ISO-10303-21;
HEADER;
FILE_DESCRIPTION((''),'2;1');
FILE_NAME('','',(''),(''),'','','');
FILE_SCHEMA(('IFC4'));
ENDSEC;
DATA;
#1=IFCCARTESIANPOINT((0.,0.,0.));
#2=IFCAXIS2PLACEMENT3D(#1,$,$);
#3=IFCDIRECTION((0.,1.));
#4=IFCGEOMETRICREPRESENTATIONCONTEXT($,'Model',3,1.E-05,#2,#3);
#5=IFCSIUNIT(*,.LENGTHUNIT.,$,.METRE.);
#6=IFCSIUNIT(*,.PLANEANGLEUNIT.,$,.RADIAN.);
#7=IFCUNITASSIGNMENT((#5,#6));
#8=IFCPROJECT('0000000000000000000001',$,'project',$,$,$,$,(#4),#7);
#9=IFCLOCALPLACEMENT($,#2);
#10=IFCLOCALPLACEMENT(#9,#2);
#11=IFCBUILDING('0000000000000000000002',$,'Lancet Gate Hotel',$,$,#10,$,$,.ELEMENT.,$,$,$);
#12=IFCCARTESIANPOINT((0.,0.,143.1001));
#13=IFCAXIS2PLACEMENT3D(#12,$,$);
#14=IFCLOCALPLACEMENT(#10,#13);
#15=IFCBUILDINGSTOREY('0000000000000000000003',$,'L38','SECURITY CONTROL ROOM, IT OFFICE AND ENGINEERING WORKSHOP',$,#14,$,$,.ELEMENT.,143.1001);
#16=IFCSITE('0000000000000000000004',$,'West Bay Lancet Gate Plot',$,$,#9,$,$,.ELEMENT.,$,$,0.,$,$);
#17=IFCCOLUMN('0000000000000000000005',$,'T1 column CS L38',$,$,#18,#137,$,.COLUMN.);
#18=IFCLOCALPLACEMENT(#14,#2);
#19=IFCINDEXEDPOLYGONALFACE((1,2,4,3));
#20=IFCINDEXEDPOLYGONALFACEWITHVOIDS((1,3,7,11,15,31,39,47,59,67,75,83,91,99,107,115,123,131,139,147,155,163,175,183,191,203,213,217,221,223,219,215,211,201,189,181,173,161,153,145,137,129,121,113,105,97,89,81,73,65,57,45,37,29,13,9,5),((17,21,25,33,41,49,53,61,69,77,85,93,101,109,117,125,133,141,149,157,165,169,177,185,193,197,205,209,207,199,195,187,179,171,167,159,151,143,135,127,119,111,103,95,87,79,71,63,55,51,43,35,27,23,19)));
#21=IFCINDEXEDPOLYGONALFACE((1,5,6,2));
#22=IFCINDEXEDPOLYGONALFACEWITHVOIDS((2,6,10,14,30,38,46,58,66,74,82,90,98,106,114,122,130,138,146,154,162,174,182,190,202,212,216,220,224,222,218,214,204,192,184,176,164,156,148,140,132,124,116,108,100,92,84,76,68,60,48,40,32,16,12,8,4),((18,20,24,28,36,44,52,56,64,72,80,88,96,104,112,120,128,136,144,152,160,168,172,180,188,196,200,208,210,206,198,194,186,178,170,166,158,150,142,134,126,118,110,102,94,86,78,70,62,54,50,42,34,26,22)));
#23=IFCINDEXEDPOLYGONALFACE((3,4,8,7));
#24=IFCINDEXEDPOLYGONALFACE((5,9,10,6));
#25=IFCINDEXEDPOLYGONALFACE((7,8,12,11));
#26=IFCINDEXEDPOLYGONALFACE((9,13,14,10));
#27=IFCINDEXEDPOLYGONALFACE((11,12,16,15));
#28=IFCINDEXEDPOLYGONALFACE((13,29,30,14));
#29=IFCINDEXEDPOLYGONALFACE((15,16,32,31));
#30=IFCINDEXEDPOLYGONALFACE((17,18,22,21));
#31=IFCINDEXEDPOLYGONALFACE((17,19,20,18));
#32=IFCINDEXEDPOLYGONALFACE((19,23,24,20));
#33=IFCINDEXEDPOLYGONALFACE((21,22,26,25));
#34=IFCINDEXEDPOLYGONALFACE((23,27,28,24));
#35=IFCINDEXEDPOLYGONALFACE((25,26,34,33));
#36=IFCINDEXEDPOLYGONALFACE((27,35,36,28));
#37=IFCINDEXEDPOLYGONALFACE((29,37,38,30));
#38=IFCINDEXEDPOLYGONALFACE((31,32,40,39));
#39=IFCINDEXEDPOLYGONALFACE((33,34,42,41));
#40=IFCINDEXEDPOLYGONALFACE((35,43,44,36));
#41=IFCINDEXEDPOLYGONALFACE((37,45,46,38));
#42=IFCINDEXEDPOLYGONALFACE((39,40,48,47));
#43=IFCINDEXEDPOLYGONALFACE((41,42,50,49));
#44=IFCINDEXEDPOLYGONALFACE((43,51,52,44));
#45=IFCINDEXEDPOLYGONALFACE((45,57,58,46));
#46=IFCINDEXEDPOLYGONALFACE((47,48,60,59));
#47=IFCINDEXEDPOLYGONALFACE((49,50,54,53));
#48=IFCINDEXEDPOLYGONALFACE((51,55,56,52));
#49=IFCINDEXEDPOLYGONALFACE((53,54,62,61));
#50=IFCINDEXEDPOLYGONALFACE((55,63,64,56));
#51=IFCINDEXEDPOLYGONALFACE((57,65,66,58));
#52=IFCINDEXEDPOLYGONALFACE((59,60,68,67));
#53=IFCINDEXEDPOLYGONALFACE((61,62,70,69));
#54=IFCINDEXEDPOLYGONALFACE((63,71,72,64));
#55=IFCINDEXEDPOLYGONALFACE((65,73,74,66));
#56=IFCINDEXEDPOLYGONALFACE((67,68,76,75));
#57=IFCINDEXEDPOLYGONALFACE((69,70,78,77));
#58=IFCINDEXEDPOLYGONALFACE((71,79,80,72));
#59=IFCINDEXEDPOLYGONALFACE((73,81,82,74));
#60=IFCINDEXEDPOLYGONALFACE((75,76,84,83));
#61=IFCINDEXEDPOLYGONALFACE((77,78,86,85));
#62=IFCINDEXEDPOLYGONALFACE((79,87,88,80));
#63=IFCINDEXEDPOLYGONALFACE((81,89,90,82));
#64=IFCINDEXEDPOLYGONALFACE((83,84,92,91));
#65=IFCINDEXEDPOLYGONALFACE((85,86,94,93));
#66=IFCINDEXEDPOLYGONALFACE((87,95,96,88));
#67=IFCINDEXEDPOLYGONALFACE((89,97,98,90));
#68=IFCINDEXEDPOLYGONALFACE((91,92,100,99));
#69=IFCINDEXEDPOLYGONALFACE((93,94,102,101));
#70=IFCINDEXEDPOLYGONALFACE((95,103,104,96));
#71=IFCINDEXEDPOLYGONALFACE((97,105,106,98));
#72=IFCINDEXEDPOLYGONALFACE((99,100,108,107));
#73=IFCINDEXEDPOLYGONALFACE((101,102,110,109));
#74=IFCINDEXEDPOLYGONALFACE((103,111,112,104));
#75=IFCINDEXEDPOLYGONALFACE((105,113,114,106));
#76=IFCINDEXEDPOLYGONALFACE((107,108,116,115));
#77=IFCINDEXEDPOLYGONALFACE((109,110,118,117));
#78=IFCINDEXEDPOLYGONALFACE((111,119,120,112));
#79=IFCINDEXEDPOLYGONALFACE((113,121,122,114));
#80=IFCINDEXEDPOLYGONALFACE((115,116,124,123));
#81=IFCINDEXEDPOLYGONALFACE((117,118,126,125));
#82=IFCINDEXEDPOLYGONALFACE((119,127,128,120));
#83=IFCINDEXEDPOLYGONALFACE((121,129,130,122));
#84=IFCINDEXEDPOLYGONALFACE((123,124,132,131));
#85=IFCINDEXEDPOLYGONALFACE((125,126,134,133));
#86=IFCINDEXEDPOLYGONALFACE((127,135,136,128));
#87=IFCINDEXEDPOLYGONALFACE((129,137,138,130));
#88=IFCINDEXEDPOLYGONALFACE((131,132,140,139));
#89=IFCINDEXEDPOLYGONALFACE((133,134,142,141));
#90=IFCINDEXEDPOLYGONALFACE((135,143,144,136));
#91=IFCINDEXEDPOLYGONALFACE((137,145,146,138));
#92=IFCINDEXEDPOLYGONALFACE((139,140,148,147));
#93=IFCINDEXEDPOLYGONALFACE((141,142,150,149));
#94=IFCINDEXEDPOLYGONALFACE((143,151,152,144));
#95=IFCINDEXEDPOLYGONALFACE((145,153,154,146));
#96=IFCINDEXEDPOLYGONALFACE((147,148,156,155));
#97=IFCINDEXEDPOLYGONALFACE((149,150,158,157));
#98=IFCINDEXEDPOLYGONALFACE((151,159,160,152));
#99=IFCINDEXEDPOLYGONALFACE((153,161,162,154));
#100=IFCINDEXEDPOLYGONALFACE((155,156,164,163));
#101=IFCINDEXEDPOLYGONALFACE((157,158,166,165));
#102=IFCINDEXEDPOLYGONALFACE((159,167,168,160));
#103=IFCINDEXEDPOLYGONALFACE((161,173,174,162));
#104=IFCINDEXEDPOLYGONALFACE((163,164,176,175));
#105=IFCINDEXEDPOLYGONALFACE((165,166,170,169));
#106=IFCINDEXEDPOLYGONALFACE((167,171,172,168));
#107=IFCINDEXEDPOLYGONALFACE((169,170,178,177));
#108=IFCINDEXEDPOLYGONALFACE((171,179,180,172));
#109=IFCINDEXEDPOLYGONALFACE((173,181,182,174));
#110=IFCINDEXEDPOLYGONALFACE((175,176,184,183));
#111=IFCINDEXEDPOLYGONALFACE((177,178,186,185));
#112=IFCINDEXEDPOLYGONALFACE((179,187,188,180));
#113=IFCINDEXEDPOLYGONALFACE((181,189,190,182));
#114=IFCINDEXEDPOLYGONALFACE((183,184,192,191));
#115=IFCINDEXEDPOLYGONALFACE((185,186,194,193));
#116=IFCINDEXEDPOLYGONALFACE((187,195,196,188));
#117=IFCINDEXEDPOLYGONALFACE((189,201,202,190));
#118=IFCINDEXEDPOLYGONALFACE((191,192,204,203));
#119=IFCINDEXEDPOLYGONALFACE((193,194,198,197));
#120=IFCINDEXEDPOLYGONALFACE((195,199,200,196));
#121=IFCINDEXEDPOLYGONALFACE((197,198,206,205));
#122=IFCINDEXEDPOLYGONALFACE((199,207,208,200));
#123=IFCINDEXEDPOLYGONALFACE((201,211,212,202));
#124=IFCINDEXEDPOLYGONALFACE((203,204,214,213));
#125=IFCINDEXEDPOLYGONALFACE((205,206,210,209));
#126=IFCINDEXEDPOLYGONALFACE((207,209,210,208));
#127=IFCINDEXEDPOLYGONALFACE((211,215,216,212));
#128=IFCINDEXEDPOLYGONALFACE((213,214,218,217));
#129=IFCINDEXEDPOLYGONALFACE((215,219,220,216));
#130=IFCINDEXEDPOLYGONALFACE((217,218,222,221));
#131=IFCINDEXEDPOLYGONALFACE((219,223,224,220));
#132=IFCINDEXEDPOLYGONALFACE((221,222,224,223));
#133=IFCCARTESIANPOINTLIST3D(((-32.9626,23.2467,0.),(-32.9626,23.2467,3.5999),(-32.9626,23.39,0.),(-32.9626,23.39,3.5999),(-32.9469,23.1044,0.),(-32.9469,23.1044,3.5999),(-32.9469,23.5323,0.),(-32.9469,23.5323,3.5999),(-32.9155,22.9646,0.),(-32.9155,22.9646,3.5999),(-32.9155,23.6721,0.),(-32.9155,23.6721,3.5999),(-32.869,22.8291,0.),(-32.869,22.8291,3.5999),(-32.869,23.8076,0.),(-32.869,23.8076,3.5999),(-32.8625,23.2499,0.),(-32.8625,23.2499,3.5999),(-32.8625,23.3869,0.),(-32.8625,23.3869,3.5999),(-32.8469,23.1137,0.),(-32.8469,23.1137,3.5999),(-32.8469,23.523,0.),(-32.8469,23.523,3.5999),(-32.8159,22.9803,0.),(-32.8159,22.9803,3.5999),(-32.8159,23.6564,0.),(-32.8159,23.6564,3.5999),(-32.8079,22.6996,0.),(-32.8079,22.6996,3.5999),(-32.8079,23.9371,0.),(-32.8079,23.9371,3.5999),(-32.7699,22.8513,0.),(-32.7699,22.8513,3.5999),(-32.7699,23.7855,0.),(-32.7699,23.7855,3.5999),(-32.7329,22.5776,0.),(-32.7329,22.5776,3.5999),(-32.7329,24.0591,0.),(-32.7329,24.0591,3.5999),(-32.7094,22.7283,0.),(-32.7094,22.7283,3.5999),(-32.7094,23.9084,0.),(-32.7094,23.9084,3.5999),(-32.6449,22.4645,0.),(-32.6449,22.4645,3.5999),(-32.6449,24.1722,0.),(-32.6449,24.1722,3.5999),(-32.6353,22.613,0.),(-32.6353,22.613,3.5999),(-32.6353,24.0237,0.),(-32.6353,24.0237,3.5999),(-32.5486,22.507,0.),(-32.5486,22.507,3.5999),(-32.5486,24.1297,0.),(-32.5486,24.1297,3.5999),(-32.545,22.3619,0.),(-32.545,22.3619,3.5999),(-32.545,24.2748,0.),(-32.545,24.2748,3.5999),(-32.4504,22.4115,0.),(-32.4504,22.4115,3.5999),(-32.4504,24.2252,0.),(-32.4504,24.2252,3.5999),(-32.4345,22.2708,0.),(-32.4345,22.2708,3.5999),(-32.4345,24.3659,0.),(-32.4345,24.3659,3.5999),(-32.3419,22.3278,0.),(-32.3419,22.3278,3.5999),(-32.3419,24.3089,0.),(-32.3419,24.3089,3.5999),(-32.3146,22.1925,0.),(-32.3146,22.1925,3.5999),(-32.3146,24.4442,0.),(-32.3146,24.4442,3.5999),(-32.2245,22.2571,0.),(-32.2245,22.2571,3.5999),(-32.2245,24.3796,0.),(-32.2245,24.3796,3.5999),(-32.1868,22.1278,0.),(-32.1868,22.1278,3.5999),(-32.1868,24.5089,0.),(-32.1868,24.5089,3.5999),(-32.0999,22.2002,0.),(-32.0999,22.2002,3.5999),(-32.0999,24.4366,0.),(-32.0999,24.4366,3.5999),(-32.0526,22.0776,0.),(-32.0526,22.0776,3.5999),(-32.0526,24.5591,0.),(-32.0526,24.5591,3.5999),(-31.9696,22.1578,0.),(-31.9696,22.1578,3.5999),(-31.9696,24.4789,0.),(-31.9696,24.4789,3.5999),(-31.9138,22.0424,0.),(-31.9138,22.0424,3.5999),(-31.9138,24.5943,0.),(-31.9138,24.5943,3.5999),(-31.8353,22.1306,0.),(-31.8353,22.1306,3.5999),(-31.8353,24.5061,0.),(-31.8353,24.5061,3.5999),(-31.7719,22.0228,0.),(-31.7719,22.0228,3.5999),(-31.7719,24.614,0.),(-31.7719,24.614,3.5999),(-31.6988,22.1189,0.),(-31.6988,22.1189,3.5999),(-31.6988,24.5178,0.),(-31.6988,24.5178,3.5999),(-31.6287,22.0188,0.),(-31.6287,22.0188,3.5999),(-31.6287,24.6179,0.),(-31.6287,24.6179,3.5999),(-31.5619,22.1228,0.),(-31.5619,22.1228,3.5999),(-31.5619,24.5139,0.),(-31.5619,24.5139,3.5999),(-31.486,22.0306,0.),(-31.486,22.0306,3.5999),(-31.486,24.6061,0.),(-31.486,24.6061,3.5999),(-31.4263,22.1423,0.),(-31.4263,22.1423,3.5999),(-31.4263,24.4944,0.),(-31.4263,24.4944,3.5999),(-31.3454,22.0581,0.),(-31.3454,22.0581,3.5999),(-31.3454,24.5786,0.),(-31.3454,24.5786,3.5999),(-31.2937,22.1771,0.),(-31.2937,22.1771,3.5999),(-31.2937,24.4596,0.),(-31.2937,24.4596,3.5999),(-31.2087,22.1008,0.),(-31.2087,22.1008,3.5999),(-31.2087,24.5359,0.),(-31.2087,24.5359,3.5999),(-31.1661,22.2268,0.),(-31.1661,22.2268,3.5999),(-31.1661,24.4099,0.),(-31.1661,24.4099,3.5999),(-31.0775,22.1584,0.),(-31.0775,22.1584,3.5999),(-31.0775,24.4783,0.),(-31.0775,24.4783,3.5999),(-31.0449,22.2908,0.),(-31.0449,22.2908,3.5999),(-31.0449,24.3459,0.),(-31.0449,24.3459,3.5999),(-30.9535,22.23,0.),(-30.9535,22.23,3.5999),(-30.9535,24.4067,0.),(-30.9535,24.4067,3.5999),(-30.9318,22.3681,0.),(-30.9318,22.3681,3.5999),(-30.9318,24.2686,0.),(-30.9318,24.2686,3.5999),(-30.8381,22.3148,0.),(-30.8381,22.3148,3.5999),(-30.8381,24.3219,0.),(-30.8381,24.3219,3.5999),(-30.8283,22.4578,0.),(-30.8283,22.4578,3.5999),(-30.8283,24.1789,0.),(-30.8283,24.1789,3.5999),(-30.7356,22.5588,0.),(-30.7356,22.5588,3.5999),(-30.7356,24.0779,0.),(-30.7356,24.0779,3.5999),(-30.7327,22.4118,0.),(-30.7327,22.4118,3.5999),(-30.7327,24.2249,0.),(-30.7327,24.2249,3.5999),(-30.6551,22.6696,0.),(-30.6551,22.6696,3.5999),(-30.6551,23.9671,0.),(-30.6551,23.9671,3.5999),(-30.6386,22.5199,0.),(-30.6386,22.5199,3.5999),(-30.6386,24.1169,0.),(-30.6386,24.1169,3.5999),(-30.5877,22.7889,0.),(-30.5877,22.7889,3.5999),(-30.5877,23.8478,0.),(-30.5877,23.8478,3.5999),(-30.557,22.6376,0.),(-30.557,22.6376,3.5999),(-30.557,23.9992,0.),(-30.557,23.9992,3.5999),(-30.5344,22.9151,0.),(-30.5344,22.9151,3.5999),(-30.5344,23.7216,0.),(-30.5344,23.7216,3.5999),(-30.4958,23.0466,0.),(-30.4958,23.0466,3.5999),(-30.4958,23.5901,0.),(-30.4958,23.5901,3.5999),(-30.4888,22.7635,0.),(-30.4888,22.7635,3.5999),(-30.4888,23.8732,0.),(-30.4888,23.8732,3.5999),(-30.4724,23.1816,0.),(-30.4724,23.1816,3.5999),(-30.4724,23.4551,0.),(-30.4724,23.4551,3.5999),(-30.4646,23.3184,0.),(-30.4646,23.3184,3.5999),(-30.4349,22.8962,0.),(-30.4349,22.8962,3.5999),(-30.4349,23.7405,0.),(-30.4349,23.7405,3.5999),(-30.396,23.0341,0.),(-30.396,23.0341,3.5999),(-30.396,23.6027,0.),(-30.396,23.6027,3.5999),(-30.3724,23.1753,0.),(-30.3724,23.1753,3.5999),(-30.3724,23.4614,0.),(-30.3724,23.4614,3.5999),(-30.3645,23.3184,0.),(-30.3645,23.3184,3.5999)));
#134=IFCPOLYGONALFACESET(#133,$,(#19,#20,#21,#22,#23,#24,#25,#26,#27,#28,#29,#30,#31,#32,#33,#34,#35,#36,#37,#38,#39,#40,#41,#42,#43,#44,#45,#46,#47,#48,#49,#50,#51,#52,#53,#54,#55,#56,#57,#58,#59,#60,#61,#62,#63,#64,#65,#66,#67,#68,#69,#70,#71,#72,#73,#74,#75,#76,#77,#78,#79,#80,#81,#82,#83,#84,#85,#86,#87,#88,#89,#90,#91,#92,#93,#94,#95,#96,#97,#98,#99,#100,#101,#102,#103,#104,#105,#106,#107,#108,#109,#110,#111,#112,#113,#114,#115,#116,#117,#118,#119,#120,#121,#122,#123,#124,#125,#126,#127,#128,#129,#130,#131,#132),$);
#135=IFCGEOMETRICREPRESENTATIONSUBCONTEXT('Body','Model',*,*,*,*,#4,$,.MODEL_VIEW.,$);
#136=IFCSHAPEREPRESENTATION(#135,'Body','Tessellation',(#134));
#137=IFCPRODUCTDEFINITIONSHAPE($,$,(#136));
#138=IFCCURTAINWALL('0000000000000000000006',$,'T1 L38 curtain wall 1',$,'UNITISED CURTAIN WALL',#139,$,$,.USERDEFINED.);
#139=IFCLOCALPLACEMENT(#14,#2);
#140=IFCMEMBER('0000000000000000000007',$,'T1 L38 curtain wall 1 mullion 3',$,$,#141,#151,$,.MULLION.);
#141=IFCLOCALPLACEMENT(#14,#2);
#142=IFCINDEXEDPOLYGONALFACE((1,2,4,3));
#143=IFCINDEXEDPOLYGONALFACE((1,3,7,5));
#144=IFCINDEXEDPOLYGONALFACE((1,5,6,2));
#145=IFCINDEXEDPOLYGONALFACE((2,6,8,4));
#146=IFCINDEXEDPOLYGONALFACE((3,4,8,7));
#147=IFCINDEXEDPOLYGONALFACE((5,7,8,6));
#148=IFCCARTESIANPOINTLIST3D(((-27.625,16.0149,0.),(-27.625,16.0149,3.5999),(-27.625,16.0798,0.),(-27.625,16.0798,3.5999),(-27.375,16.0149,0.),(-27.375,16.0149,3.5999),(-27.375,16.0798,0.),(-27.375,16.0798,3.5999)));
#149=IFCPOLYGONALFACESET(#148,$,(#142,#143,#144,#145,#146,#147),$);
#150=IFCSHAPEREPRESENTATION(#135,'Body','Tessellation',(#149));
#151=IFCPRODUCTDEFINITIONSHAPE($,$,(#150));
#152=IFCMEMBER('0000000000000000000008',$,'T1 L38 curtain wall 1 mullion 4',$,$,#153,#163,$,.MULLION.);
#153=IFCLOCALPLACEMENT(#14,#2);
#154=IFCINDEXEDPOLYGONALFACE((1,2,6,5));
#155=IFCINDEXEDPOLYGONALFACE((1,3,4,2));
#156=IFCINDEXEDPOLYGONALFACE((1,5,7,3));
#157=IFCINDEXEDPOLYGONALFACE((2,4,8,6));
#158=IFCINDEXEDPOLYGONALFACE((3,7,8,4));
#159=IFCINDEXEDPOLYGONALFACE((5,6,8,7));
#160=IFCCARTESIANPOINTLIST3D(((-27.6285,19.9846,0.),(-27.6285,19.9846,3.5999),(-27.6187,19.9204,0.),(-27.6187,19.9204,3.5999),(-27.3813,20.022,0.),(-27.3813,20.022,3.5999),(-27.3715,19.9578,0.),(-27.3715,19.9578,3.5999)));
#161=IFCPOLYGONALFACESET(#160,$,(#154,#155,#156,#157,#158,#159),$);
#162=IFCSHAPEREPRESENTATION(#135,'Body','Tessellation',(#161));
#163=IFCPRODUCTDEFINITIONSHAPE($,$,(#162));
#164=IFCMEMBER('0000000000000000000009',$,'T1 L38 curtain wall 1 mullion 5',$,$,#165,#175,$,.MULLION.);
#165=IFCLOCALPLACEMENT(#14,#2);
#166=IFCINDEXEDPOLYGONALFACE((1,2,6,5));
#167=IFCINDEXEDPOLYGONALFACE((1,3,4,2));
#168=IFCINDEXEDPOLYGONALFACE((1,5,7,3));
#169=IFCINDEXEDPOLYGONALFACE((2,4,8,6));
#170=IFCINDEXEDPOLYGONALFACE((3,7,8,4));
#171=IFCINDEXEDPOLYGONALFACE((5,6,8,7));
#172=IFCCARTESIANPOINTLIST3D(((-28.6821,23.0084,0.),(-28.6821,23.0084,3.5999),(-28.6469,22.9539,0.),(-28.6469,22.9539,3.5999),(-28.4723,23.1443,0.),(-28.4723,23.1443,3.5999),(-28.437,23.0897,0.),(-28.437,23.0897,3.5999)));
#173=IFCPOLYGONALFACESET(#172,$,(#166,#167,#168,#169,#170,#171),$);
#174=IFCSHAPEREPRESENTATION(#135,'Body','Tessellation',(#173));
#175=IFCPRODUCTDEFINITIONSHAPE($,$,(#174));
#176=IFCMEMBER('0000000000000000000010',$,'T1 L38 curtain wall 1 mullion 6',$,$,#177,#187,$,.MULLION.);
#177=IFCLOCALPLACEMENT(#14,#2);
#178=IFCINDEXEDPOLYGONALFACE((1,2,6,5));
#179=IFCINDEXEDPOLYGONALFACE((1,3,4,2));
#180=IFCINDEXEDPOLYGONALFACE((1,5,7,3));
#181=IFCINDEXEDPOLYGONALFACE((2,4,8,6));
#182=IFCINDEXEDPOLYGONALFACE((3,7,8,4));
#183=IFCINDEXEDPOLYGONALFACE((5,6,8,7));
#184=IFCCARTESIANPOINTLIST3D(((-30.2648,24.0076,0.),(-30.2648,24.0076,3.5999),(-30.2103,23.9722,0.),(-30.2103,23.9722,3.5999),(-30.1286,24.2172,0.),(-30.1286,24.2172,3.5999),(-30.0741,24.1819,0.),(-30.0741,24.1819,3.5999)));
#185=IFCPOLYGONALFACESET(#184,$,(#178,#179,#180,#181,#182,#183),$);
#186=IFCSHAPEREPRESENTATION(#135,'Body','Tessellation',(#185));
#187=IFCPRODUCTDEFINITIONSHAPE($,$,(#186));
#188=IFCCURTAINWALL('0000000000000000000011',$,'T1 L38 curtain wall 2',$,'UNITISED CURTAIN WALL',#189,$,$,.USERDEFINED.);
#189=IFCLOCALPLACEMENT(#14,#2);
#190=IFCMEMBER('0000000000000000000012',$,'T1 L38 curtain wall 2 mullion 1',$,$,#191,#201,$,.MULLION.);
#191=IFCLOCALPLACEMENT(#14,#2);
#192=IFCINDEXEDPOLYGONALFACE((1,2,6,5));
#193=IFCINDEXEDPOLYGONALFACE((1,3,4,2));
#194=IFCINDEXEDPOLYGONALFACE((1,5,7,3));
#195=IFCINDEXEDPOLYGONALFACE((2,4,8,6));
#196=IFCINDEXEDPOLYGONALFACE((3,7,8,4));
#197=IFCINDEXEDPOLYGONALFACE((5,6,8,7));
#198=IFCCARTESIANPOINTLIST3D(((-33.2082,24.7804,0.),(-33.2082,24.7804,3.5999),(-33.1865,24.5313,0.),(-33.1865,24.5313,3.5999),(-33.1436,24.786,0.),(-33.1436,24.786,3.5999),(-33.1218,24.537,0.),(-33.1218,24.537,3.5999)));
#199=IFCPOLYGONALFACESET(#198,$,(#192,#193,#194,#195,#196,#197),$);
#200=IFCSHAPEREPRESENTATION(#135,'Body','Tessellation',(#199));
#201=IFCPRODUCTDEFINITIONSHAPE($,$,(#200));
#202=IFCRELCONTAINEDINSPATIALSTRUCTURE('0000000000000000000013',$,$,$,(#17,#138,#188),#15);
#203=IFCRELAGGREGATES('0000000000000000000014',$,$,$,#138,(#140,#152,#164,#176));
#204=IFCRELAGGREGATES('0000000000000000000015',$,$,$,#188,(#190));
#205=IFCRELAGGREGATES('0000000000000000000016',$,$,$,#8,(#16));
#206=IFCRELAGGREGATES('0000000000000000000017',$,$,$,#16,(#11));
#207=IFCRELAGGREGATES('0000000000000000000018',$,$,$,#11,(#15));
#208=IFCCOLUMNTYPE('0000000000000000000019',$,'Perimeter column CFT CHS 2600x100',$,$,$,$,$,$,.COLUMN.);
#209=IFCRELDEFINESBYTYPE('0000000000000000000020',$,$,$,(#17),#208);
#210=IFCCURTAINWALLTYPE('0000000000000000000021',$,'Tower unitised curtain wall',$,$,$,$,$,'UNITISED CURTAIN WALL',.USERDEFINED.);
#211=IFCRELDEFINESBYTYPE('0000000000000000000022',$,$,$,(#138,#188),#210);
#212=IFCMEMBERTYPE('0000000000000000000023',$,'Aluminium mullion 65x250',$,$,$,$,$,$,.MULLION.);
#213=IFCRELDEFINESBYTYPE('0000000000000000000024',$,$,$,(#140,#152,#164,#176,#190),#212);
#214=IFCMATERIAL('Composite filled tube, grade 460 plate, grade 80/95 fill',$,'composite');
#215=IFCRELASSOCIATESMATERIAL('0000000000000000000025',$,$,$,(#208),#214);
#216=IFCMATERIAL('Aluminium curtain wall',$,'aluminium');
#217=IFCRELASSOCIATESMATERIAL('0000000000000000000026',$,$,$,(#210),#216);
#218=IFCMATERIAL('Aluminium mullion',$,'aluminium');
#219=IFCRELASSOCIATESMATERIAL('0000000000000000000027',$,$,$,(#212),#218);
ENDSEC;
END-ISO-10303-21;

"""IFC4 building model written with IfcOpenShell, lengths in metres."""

from ifc_helpers import new_model, si_unit, direction, frame, origin, origin_2d, place, context, subcontext, project, spatial, rectangle, hollow_circle, extrude, material, material_profile, profile_set, type_object, element, aggregate, save


model = new_model("IFC4")

# Units and contexts
model_context = context("Model", 3, precision=1e-05, world=origin(), true_north=direction((0.0, 1.0)))
body_context = subcontext(model_context, "Body", "Model", "MODEL_VIEW")
ifc_project = project(units=[si_unit("LENGTHUNIT", "METRE"), si_unit("PLANEANGLEUNIT", "RADIAN")], contexts=[model_context])

# Site, building, storey
site_placement = place(None, origin())
site = spatial("IfcSite", under=ifc_project, at=site_placement, Name="West Bay Lancet Gate Plot", CompositionType="ELEMENT", RefElevation=0.0)
building_placement = place(site_placement, origin())
building = spatial("IfcBuilding", under=site, at=building_placement, Name="Lancet Gate Hotel", CompositionType="ELEMENT")
storey_placement = place(building_placement, frame((0.0, 0.0, 143.1001)))
storey = spatial("IfcBuildingStorey", under=building, at=storey_placement, Name="L38", Description="SECURITY CONTROL ROOM, IT OFFICE AND ENGINEERING WORKSHOP", CompositionType="ELEMENT", Elevation=143.1001)

# Column
ifc_material_1 = material(Name="Composite filled tube, grade 460 plate, grade 80/95 fill", Category="composite")
ifc_material_profile_1 = material_profile(ifc_material_1, hollow_circle(Radius=1.3, WallThickness=0.1001, at=origin_2d()), Name="CHS 2600x100")
ifc_profile_set_1 = profile_set([ifc_material_profile_1], Name="Composite filled tube, grade 460 plate, grade 80/95 fill")
column_type = type_object("IfcColumnType", Name="Perimeter column CFT CHS 2600x100", PredefinedType="COLUMN", material=ifc_profile_set_1)
column_placement = place(storey_placement, frame((-31.6646, 23.3184, 0.0), z_axis=(0.0, 0.0, 1.0), x_axis=(1.0, 0.0, 0.0)))
element("IfcColumn", 1, at=column_placement, inside=storey, type_object=column_type, Name="T1 column CS L38", PredefinedType="COLUMN", context=body_context, shape_type="SweptSolid", body=[
    extrude(hollow_circle(Radius=1.3, WallThickness=0.1001, at=origin_2d()), origin(), (0.0, 0.0, 1.0), 3.5999),
])

# Curtain walls, members
ifc_material_2 = material(Name="Aluminium curtain wall", Category="aluminium")
curtain_wall_type = type_object("IfcCurtainWallType", Name="Tower unitised curtain wall", ElementType="UNITISED CURTAIN WALL", PredefinedType="USERDEFINED", material=ifc_material_2)
curtain_wall_1_placement = place(storey_placement, origin())
curtain_wall_1 = element("IfcCurtainWall", 2, at=curtain_wall_1_placement, inside=storey, type_object=curtain_wall_type, Name="T1 L38 curtain wall 1", ObjectType="UNITISED CURTAIN WALL", PredefinedType="USERDEFINED")
ifc_material_3 = material(Name="Aluminium mullion", Category="aluminium")
ifc_material_profile_2 = material_profile(ifc_material_3, rectangle(XDim=0.0649, YDim=0.25, at=origin_2d()), Name="MULLION 65x250")
ifc_profile_set_2 = profile_set([ifc_material_profile_2], Name="Aluminium mullion")
member_type_1 = type_object("IfcMemberType", Name="Aluminium mullion 65x250", PredefinedType="MULLION", material=ifc_profile_set_2)
member_1_placement = place(storey_placement, frame((-27.5, 16.0474, 0.0), z_axis=(0.0, 0.0, 1.0), x_axis=(0.0, 1.0, 0.0)))
member_1 = element("IfcMember", 3, at=member_1_placement, type_object=member_type_1, Name="T1 L38 curtain wall 1 mullion 3", PredefinedType="MULLION", context=body_context, shape_type="SweptSolid", body=[
    extrude(rectangle(XDim=0.0649, YDim=0.25, at=origin_2d()), origin(), (0.0, 0.0, 1.0), 3.5999),
])
member_2_placement = place(storey_placement, frame((-27.5, 19.9712, 0.0), z_axis=(0.0, 0.0, 1.0), x_axis=(-0.149634, 0.988741, 0.0)))
member_2 = element("IfcMember", 4, at=member_2_placement, type_object=member_type_1, Name="T1 L38 curtain wall 1 mullion 4", PredefinedType="MULLION", context=body_context, shape_type="SweptSolid", body=[
    extrude(rectangle(XDim=0.0649, YDim=0.25, at=origin_2d()), origin(), (0.0, 0.0, 1.0), 3.5999),
])
member_3_placement = place(storey_placement, frame((-28.5596, 23.0491, 0.0), z_axis=(0.0, 0.0, 1.0), x_axis=(-0.54341, 0.839467, 0.0)))
member_3 = element("IfcMember", 5, at=member_3_placement, type_object=member_type_1, Name="T1 L38 curtain wall 1 mullion 5", PredefinedType="MULLION", context=body_context, shape_type="SweptSolid", body=[
    extrude(rectangle(XDim=0.0649, YDim=0.25, at=origin_2d()), origin(), (0.0, 0.0, 1.0), 3.5999),
])
member_4_placement = place(storey_placement, frame((-30.1694, 24.0947, 0.0), z_axis=(0.0, 0.0, 1.0), x_axis=(-0.83858, 0.544778, 0.0)))
member_4 = element("IfcMember", 6, at=member_4_placement, type_object=member_type_1, Name="T1 L38 curtain wall 1 mullion 6", PredefinedType="MULLION", context=body_context, shape_type="SweptSolid", body=[
    extrude(rectangle(XDim=0.0649, YDim=0.25, at=origin_2d()), origin(), (0.0, 0.0, 1.0), 3.5999),
])
curtain_wall_2_placement = place(storey_placement, origin())
curtain_wall_2 = element("IfcCurtainWall", 7, at=curtain_wall_2_placement, inside=storey, type_object=curtain_wall_type, Name="T1 L38 curtain wall 2", ObjectType="UNITISED CURTAIN WALL", PredefinedType="USERDEFINED")
member_5_placement = place(storey_placement, frame((-33.165, 24.6587, 0.0), z_axis=(0.0, 0.0, 1.0), x_axis=(-0.996219, -0.08688, 0.0)))
member_5 = element("IfcMember", 8, at=member_5_placement, type_object=member_type_1, Name="T1 L38 curtain wall 2 mullion 1", PredefinedType="MULLION", context=body_context, shape_type="SweptSolid", body=[
    extrude(rectangle(XDim=0.0649, YDim=0.25, at=origin_2d()), origin(), (0.0, 0.0, 1.0), 3.5999),
])

aggregate(curtain_wall_1, [member_1, member_2, member_3, member_4])
aggregate(curtain_wall_2, [member_5])

save(model, "model.ifc")
